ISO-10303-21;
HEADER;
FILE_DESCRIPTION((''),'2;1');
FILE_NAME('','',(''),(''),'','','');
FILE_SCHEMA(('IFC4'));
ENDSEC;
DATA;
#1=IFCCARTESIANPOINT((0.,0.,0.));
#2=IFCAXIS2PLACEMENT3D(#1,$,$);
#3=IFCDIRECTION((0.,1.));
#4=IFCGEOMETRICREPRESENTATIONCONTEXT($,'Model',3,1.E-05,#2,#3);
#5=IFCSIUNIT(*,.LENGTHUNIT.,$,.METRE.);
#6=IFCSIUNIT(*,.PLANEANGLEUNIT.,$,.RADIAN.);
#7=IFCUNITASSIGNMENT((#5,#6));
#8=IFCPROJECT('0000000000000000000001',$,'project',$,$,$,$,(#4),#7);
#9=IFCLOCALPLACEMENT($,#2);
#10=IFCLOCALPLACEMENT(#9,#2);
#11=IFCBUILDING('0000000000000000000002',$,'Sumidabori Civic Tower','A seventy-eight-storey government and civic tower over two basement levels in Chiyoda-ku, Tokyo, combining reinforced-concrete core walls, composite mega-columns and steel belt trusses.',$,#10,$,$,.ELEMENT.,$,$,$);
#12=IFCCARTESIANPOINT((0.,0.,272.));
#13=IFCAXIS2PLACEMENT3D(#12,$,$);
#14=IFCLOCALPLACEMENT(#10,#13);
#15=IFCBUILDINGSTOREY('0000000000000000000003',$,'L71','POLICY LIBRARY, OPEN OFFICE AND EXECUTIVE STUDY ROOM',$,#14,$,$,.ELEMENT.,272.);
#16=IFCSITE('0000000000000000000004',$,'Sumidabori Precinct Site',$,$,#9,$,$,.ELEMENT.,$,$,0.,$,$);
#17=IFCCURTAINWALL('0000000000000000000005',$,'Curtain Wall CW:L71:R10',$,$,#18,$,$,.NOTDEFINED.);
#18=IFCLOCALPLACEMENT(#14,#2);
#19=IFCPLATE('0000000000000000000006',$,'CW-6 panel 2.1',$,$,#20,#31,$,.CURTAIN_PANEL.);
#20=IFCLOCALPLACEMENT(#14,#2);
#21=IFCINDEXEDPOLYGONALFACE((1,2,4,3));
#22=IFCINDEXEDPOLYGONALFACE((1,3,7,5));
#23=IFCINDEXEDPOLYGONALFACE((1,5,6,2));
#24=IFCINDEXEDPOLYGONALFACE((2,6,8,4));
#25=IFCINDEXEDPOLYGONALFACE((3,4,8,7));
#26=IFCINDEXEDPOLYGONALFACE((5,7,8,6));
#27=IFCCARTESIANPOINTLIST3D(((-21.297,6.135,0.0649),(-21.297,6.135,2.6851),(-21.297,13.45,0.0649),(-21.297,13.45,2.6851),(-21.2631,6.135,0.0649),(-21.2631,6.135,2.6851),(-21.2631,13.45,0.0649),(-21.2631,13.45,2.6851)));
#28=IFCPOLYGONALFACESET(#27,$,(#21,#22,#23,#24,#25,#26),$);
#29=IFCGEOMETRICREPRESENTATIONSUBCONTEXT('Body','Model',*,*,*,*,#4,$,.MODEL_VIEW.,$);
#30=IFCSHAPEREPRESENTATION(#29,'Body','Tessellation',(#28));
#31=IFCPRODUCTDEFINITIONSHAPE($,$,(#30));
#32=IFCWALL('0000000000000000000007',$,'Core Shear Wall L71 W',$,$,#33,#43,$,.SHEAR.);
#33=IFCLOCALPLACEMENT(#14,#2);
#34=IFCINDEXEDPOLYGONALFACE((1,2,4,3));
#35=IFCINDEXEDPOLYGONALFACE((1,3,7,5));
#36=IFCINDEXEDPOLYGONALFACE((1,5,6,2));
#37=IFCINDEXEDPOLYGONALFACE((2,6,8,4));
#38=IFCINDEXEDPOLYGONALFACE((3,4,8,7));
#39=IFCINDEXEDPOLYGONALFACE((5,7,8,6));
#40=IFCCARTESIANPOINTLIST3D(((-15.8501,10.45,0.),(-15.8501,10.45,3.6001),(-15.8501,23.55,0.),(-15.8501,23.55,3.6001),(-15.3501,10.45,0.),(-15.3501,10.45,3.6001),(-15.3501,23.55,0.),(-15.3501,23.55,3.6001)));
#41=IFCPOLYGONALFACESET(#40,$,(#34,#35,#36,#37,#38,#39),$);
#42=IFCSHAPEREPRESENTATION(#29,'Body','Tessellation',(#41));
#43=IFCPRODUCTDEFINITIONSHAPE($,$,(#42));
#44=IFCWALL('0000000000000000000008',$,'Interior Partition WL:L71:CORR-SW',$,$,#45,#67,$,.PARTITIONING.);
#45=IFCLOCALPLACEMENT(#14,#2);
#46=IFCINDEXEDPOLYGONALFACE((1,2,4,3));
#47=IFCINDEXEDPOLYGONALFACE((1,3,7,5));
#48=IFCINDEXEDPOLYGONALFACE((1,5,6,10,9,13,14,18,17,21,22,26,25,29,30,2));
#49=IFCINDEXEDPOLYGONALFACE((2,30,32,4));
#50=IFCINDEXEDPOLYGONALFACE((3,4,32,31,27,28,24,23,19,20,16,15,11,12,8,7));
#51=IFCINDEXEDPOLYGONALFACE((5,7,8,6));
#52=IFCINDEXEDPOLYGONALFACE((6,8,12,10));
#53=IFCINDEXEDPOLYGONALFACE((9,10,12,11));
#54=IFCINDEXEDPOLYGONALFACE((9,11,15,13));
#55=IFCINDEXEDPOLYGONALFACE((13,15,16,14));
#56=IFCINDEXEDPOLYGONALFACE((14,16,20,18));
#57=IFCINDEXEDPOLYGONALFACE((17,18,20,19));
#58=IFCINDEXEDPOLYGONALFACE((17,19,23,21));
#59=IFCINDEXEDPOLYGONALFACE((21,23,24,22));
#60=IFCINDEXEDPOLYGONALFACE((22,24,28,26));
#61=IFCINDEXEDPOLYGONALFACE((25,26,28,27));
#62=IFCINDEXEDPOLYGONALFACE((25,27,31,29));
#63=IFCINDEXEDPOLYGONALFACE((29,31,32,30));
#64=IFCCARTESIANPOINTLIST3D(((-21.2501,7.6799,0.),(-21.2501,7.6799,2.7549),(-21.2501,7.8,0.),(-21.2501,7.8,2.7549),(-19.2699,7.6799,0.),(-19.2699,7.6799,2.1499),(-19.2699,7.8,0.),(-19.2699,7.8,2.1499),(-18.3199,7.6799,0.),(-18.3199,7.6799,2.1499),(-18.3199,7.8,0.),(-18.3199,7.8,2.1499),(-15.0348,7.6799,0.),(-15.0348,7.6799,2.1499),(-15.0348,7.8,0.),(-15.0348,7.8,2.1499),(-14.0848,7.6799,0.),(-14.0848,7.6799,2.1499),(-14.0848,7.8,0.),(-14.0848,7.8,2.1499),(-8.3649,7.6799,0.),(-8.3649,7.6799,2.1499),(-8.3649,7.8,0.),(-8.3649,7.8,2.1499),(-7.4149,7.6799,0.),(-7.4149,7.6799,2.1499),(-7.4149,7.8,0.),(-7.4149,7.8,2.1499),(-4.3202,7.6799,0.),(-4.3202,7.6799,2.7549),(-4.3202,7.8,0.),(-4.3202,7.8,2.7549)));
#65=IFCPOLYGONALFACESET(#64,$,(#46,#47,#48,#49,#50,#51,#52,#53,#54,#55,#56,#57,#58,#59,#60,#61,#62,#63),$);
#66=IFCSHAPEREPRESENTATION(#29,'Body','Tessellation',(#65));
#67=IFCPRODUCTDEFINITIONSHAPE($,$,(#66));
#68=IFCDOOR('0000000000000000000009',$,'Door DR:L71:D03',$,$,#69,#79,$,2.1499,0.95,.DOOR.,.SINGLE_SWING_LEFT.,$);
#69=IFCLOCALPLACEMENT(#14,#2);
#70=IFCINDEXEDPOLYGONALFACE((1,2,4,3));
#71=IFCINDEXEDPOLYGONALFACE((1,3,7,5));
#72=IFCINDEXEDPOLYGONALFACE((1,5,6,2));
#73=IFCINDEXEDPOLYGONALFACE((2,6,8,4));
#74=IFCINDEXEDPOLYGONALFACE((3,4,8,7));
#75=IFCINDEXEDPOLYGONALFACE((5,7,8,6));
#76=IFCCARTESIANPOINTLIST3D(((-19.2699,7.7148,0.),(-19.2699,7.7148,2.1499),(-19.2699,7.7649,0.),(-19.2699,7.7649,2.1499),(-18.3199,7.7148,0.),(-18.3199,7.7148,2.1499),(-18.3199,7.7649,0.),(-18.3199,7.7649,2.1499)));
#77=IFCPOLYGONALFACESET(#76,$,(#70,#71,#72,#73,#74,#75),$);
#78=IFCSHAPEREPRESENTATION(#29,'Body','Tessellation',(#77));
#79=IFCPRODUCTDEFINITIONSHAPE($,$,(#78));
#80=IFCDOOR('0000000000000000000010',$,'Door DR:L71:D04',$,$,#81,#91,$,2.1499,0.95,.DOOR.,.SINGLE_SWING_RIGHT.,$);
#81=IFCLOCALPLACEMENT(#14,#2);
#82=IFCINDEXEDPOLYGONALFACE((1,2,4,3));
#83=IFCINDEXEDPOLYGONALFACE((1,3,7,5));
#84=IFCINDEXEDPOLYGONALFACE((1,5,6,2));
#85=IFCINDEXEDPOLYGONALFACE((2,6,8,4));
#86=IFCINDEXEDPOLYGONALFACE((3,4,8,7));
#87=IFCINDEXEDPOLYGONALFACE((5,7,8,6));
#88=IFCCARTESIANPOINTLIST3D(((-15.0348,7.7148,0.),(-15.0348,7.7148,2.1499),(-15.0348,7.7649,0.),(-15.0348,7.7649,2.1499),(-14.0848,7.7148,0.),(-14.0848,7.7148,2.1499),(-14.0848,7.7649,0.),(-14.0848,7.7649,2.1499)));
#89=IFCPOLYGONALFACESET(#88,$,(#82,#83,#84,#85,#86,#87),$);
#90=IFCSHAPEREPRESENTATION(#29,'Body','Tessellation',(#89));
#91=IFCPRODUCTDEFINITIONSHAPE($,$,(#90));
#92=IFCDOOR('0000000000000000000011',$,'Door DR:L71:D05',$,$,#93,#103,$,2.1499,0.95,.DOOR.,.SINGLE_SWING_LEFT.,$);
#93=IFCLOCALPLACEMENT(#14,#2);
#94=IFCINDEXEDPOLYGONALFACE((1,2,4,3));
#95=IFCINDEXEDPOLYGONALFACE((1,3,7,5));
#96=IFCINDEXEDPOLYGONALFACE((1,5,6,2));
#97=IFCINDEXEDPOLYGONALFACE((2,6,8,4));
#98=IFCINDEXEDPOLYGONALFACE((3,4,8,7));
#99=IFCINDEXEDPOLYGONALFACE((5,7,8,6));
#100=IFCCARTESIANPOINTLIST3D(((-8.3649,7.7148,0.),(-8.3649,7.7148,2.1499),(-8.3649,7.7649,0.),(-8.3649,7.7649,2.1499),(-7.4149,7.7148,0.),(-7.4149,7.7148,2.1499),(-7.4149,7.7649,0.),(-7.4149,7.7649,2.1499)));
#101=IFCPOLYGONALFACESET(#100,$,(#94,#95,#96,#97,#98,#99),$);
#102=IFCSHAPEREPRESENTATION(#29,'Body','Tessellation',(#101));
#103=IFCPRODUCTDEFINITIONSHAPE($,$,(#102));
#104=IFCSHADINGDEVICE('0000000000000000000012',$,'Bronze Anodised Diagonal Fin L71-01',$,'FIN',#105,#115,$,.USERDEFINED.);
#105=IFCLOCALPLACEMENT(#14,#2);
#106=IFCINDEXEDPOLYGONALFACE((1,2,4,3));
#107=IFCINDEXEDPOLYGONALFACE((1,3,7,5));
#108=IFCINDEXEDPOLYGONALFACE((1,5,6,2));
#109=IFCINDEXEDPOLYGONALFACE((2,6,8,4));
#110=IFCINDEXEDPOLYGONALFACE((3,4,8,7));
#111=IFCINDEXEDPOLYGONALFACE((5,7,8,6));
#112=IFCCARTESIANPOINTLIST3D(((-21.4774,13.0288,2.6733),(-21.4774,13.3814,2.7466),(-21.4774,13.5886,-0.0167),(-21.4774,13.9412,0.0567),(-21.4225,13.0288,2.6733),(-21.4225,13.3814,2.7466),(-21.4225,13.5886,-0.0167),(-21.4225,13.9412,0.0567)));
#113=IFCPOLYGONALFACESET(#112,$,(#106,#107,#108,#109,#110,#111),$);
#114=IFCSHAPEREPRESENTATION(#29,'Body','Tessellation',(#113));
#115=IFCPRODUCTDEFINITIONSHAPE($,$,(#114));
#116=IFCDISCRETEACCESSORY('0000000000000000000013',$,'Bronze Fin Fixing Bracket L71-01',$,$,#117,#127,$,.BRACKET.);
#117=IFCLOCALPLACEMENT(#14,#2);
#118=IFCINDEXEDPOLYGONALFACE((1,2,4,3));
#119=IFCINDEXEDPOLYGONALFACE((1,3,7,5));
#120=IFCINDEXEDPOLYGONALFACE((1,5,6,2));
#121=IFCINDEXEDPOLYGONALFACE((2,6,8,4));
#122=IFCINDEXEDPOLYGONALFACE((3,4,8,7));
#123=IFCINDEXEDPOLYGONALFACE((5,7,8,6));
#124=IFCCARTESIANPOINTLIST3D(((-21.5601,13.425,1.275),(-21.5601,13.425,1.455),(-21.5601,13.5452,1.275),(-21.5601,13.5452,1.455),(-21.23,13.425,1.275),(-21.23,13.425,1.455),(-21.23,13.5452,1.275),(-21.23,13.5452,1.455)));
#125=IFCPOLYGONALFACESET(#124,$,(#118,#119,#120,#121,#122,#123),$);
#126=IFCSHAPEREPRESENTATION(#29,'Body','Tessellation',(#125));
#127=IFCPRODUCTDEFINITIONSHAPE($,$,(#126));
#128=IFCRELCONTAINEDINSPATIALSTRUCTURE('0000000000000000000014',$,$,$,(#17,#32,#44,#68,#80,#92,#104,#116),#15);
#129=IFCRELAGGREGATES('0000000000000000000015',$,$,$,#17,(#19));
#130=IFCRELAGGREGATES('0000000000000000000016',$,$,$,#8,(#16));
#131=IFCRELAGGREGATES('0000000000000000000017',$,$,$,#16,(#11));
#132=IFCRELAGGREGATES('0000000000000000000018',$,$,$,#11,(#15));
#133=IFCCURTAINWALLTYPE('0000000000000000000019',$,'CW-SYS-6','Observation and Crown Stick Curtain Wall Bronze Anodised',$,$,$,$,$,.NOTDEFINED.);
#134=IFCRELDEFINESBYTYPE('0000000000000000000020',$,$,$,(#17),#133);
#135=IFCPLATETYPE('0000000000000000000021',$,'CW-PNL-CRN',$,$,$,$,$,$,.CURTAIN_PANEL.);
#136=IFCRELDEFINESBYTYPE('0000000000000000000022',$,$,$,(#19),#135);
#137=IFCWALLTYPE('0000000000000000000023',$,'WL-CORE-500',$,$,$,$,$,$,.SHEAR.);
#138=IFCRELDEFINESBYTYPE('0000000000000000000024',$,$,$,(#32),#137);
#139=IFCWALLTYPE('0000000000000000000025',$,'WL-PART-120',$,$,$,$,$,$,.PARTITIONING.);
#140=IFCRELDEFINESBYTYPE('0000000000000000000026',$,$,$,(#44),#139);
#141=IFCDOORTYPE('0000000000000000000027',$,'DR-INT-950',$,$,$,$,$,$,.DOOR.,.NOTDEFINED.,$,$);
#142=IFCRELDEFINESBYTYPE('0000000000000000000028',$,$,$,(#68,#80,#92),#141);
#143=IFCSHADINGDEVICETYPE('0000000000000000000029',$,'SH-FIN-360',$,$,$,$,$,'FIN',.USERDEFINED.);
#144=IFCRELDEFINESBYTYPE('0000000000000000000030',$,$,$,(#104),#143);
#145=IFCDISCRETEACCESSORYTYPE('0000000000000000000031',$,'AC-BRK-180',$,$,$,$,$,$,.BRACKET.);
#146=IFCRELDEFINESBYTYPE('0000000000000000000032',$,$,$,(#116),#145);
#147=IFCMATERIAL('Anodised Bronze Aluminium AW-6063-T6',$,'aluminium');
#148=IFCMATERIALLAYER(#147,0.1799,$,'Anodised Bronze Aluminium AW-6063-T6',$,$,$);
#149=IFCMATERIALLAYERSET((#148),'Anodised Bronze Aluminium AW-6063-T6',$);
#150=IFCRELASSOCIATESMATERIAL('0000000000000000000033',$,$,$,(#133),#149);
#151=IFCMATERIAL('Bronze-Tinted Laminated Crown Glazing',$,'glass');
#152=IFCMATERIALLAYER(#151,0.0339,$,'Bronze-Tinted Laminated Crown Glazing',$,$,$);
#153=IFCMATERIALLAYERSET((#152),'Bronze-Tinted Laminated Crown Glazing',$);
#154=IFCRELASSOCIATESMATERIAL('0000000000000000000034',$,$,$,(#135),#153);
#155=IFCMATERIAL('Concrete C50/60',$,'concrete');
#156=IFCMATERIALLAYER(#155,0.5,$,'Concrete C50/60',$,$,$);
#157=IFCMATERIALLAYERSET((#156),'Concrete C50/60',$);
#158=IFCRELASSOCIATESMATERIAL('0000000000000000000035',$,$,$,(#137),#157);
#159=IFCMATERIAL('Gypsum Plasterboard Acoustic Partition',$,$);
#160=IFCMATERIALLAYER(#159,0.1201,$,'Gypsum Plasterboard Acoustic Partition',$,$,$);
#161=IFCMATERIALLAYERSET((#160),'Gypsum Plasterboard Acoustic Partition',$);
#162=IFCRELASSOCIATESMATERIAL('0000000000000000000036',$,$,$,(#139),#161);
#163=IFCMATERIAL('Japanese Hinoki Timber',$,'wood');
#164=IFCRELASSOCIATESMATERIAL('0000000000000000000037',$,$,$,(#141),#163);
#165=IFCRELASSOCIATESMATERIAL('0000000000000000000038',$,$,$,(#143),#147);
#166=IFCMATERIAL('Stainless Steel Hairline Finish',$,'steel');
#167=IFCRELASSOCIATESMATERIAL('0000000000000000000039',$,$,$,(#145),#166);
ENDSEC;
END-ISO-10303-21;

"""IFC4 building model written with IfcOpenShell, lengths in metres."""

from ifc_helpers import new_model, si_unit, direction, frame, frame_2d, origin, origin_2d, place, context, subcontext, project, spatial, rectangle, extrude, source, transform, mapped, material, layer, layer_set, material_profile, profile_set, type_object, element, fill, aggregate, save


model = new_model("IFC4")

# Units and contexts
model_context = context("Model", 3, precision=1e-05, world=origin(), true_north=direction((0.0, 1.0)))
body_context = subcontext(model_context, "Body", "Model", "MODEL_VIEW")
ifc_project = project(units=[si_unit("LENGTHUNIT", "METRE"), si_unit("PLANEANGLEUNIT", "RADIAN")], contexts=[model_context])

# Site, building, storey
site_placement = place(None, origin())
site = spatial("IfcSite", under=ifc_project, at=site_placement, Name="Sumidabori Precinct Site", CompositionType="ELEMENT", RefElevation=0.0)
building_placement = place(site_placement, origin())
building = spatial("IfcBuilding", under=site, at=building_placement, Name="Sumidabori Civic Tower", Description="A seventy-eight-storey government and civic tower over two basement levels in Chiyoda-ku, Tokyo, combining reinforced-concrete core walls, composite mega-columns and steel belt trusses.", CompositionType="ELEMENT")
storey_placement = place(building_placement, frame((0.0, 0.0, 272.0)))
storey = spatial("IfcBuildingStorey", under=building, at=storey_placement, Name="L71", Description="POLICY LIBRARY, OPEN OFFICE AND EXECUTIVE STUDY ROOM", CompositionType="ELEMENT", Elevation=272.0)

# Shared definitions
ifc_material_1 = material(Name="Concrete C50/60", Category="concrete")

# Curtain wall, plate
ifc_material_2 = material(Name="Anodised Bronze Aluminium AW-6063-T6", Category="aluminium")
ifc_layer_1 = layer(ifc_material_2, 0.1799, Name="Anodised Bronze Aluminium AW-6063-T6")
ifc_layer_set_1 = layer_set([ifc_layer_1], Name="Anodised Bronze Aluminium AW-6063-T6")
curtain_wall_type = type_object("IfcCurtainWallType", Name="CW-SYS-6", Description="Observation and Crown Stick Curtain Wall Bronze Anodised", PredefinedType="NOTDEFINED", material=ifc_layer_set_1)
curtain_wall_placement = place(storey_placement, origin())
curtain_wall = element("IfcCurtainWall", 1, at=curtain_wall_placement, inside=storey, type_object=curtain_wall_type, Name="Curtain Wall CW:L71:R10", PredefinedType="NOTDEFINED")
ifc_material_3 = material(Name="Bronze-Tinted Laminated Crown Glazing", Category="glass")
ifc_layer_2 = layer(ifc_material_3, 0.0339, Name="Bronze-Tinted Laminated Crown Glazing")
ifc_layer_set_2 = layer_set([ifc_layer_2], Name="Bronze-Tinted Laminated Crown Glazing")
plate_type = type_object("IfcPlateType", Name="CW-PNL-CRN", PredefinedType="CURTAIN_PANEL", material=ifc_layer_set_2)
shared_shape_1 = source(origin(), body_context, "Body", "SweptSolid", [
    extrude(rectangle(XDim=7.3149, YDim=0.0339, at=origin_2d()), origin(), (0.0, 0.0, 1.0), 2.6201),
])
plate_placement = place(storey_placement, frame((-21.28, 9.7925, 0.0649), z_axis=(0.0, 0.0, 1.0), x_axis=(0.0, -1.0, 0.0)))
plate = element("IfcPlate", 2, at=plate_placement, type_object=plate_type, Name="CW-6 panel 2.1", PredefinedType="CURTAIN_PANEL", context=body_context, shape_type="MappedRepresentation", body=[
    mapped(shared_shape_1, transform((0.0, 0.0, 0.0), x_axis=(1.0, 0.0, 0.0), y_axis=(0.0, 1.0, 0.0), z_axis=(0.0, 0.0, 1.0), scale=1.0)),
])
aggregate(curtain_wall, [plate])

# Wall
ifc_layer_3 = layer(ifc_material_1, 0.5, Name="Concrete C50/60")
ifc_layer_set_3 = layer_set([ifc_layer_3], Name="Concrete C50/60")
wall_type_1 = type_object("IfcWallType", Name="WL-CORE-500", PredefinedType="SHEAR", material=ifc_layer_set_3)
shared_shape_2 = source(origin(), body_context, "Body", "SweptSolid", [
    extrude(rectangle(XDim=13.1001, YDim=0.5, at=frame_2d((6.55, 0.0))), origin(), (0.0, 0.0, 1.0), 3.6001),
])
wall_1_placement = place(storey_placement, frame((-15.6001, 10.45, 0.0), z_axis=(0.0, 0.0, 1.0), x_axis=(0.0, 1.0, 0.0)))
element("IfcWall", 3, at=wall_1_placement, inside=storey, type_object=wall_type_1, Name="Core Shear Wall L71 W", PredefinedType="SHEAR", context=body_context, shape_type="MappedRepresentation", body=[
    mapped(shared_shape_2, transform((0.0, 0.0, 0.0), x_axis=(1.0, 0.0, 0.0), y_axis=(0.0, 1.0, 0.0), z_axis=(0.0, 0.0, 1.0), scale=1.0)),
])

# Shared definitions
ifc_material_4 = material(Name="Gypsum Plasterboard Acoustic Partition")
ifc_layer_4 = layer(ifc_material_4, 0.1201, Name="Gypsum Plasterboard Acoustic Partition")
ifc_layer_set_4 = layer_set([ifc_layer_4], Name="Gypsum Plasterboard Acoustic Partition")
wall_type_2 = type_object("IfcWallType", Name="WL-PART-120", PredefinedType="PARTITIONING", material=ifc_layer_set_4)
ifc_material_5 = material(Name="Japanese Hinoki Timber", Category="wood")

# Wall, openings, doors
shared_shape_3 = source(origin(), body_context, "Body", "SweptSolid", [
    extrude(rectangle(XDim=16.9299, YDim=0.1201, at=frame_2d((8.4648, 0.0))), origin(), (0.0, 0.0, 1.0), 2.7549),
])
wall_2_placement = place(storey_placement, frame((-21.25, 7.74, 0.0), z_axis=(0.0, 0.0, 1.0), x_axis=(1.0, 0.0, 0.0)))
wall_2 = element("IfcWall", 4, at=wall_2_placement, inside=storey, type_object=wall_type_2, Name="Interior Partition WL:L71:CORR-SW", PredefinedType="PARTITIONING", context=body_context, shape_type="MappedRepresentation", body=[
    mapped(shared_shape_3, transform((0.0, 0.0, 0.0), x_axis=(1.0, 0.0, 0.0), y_axis=(0.0, 1.0, 0.0), z_axis=(0.0, 0.0, 1.0), scale=1.0)),
])
opening_1_placement = place(wall_2_placement, frame((1.98, 0.0, 0.0)))
opening_1 = element("IfcOpeningElement", 5, at=opening_1_placement, cuts=wall_2, PredefinedType="OPENING", context=body_context, shape_type="SweptSolid", body=[
    extrude(rectangle(XDim=0.95, YDim=2.1499, at=frame_2d((0.4751, 1.075))), frame((0.0, 0.072, 0.0), z_axis=(0.0, -1.0, 0.0), x_axis=(1.0, 0.0, 0.0)), (0.0, 0.0, 1.0), 0.144),
])
opening_2_placement = place(wall_2_placement, frame((6.2151, 0.0, 0.0)))
opening_2 = element("IfcOpeningElement", 6, at=opening_2_placement, cuts=wall_2, PredefinedType="OPENING", context=body_context, shape_type="SweptSolid", body=[
    extrude(rectangle(XDim=0.95, YDim=2.1499, at=frame_2d((0.4751, 1.075))), frame((0.0, 0.072, 0.0), z_axis=(0.0, -1.0, 0.0), x_axis=(1.0, 0.0, 0.0)), (0.0, 0.0, 1.0), 0.144),
])
opening_3_placement = place(wall_2_placement, frame((12.885, 0.0, 0.0)))
opening_3 = element("IfcOpeningElement", 7, at=opening_3_placement, cuts=wall_2, PredefinedType="OPENING", context=body_context, shape_type="SweptSolid", body=[
    extrude(rectangle(XDim=0.95, YDim=2.1499, at=frame_2d((0.4751, 1.075))), frame((0.0, 0.072, 0.0), z_axis=(0.0, -1.0, 0.0), x_axis=(1.0, 0.0, 0.0)), (0.0, 0.0, 1.0), 0.144),
])
door_type_1 = type_object("IfcDoorType", Name="DR-INT-950", OperationType="NOTDEFINED", PredefinedType="DOOR", material=ifc_material_5)
shared_shape_4 = source(origin(), body_context, "Body", "SweptSolid", [
    extrude(rectangle(XDim=0.95, YDim=2.1499, at=frame_2d((0.4751, 1.075))), frame((0.0, 0.0249, 0.0), z_axis=(0.0, -1.0, 0.0), x_axis=(1.0, 0.0, 0.0)), (0.0, 0.0, 1.0), 0.05),
])
door_1_placement = place(opening_1_placement, origin())
door_1 = element("IfcDoor", 8, at=door_1_placement, inside=storey, type_object=door_type_1, Name="Door DR:L71:D03", OperationType="SINGLE_SWING_LEFT", OverallHeight=2.1499, OverallWidth=0.95, PredefinedType="DOOR", context=body_context, shape_type="MappedRepresentation", body=[
    mapped(shared_shape_4, transform((0.0, 0.0, 0.0), x_axis=(1.0, 0.0, 0.0), y_axis=(0.0, 1.0, 0.0), z_axis=(0.0, 0.0, 1.0), scale=1.0)),
])
fill(opening_1, door_1)
door_2_placement = place(opening_2_placement, origin())
door_2 = element("IfcDoor", 9, at=door_2_placement, inside=storey, type_object=door_type_1, Name="Door DR:L71:D04", OperationType="SINGLE_SWING_RIGHT", OverallHeight=2.1499, OverallWidth=0.95, PredefinedType="DOOR", context=body_context, shape_type="MappedRepresentation", body=[
    mapped(shared_shape_4, transform((0.0, 0.0, 0.0), x_axis=(1.0, 0.0, 0.0), y_axis=(0.0, 1.0, 0.0), z_axis=(0.0, 0.0, 1.0), scale=1.0)),
])
fill(opening_2, door_2)
door_3_placement = place(opening_3_placement, origin())
door_3 = element("IfcDoor", 10, at=door_3_placement, inside=storey, type_object=door_type_1, Name="Door DR:L71:D05", OperationType="SINGLE_SWING_LEFT", OverallHeight=2.1499, OverallWidth=0.95, PredefinedType="DOOR", context=body_context, shape_type="MappedRepresentation", body=[
    mapped(shared_shape_4, transform((0.0, 0.0, 0.0), x_axis=(1.0, 0.0, 0.0), y_axis=(0.0, 1.0, 0.0), z_axis=(0.0, 0.0, 1.0), scale=1.0)),
])
fill(opening_3, door_3)

# Shading device
ifc_material_profile_1 = material_profile(ifc_material_2, rectangle(XDim=0.0549, YDim=0.3601, at=origin_2d()), Name="BRONZE FIN 360x55")
ifc_profile_set_1 = profile_set([ifc_material_profile_1], Name="Anodised Bronze Aluminium AW-6063-T6")
shading_device_type = type_object("IfcShadingDeviceType", Name="SH-FIN-360", ElementType="FIN", PredefinedType="USERDEFINED", material=ifc_profile_set_1)
shared_shape_5 = source(origin(), body_context, "Body", "SweptSolid", [
    extrude(rectangle(XDim=0.0549, YDim=0.3601, at=origin_2d()), origin(), (0.0, 0.0, 1.0), 2.7476),
])
shading_device_placement = place(storey_placement, frame((-21.45, 13.7649, 0.02), z_axis=(0.0, -0.203748, 0.979023), x_axis=(-1.0, 0.0, 0.0)))
element("IfcShadingDevice", 11, at=shading_device_placement, inside=storey, type_object=shading_device_type, Name="Bronze Anodised Diagonal Fin L71-01", ObjectType="FIN", PredefinedType="USERDEFINED", context=body_context, shape_type="MappedRepresentation", body=[
    mapped(shared_shape_5, transform((0.0, 0.0, 0.0), x_axis=(1.0, 0.0, 0.0), y_axis=(0.0, 1.0, 0.0), z_axis=(0.0, 0.0, 1.0), scale=1.0)),
])

# Discrete accessory
ifc_material_6 = material(Name="Stainless Steel Hairline Finish", Category="steel")
ifc_material_profile_2 = material_profile(ifc_material_6, rectangle(XDim=0.1201, YDim=0.1799, at=origin_2d()), Name="STEEL BRACKET 180x120")
ifc_profile_set_2 = profile_set([ifc_material_profile_2], Name="Stainless Steel Hairline Finish")
discrete_accessory_type = type_object("IfcDiscreteAccessoryType", Name="AC-BRK-180", PredefinedType="BRACKET", material=ifc_profile_set_2)
shared_shape_6 = source(origin(), body_context, "Body", "SweptSolid", [
    extrude(rectangle(XDim=0.1201, YDim=0.1799, at=origin_2d()), origin(), (0.0, 0.0, 1.0), 0.3301),
])
discrete_accessory_placement = place(storey_placement, frame((-21.23, 13.4851, 1.365), z_axis=(-1.0, 0.0, 0.0), x_axis=(0.0, -1.0, 0.0)))
element("IfcDiscreteAccessory", 12, at=discrete_accessory_placement, inside=storey, type_object=discrete_accessory_type, Name="Bronze Fin Fixing Bracket L71-01", PredefinedType="BRACKET", context=body_context, shape_type="MappedRepresentation", body=[
    mapped(shared_shape_6, transform((0.0, 0.0, 0.0), x_axis=(1.0, 0.0, 0.0), y_axis=(0.0, 1.0, 0.0), z_axis=(0.0, 0.0, 1.0), scale=1.0)),
])

save(model, "model.ifc")
